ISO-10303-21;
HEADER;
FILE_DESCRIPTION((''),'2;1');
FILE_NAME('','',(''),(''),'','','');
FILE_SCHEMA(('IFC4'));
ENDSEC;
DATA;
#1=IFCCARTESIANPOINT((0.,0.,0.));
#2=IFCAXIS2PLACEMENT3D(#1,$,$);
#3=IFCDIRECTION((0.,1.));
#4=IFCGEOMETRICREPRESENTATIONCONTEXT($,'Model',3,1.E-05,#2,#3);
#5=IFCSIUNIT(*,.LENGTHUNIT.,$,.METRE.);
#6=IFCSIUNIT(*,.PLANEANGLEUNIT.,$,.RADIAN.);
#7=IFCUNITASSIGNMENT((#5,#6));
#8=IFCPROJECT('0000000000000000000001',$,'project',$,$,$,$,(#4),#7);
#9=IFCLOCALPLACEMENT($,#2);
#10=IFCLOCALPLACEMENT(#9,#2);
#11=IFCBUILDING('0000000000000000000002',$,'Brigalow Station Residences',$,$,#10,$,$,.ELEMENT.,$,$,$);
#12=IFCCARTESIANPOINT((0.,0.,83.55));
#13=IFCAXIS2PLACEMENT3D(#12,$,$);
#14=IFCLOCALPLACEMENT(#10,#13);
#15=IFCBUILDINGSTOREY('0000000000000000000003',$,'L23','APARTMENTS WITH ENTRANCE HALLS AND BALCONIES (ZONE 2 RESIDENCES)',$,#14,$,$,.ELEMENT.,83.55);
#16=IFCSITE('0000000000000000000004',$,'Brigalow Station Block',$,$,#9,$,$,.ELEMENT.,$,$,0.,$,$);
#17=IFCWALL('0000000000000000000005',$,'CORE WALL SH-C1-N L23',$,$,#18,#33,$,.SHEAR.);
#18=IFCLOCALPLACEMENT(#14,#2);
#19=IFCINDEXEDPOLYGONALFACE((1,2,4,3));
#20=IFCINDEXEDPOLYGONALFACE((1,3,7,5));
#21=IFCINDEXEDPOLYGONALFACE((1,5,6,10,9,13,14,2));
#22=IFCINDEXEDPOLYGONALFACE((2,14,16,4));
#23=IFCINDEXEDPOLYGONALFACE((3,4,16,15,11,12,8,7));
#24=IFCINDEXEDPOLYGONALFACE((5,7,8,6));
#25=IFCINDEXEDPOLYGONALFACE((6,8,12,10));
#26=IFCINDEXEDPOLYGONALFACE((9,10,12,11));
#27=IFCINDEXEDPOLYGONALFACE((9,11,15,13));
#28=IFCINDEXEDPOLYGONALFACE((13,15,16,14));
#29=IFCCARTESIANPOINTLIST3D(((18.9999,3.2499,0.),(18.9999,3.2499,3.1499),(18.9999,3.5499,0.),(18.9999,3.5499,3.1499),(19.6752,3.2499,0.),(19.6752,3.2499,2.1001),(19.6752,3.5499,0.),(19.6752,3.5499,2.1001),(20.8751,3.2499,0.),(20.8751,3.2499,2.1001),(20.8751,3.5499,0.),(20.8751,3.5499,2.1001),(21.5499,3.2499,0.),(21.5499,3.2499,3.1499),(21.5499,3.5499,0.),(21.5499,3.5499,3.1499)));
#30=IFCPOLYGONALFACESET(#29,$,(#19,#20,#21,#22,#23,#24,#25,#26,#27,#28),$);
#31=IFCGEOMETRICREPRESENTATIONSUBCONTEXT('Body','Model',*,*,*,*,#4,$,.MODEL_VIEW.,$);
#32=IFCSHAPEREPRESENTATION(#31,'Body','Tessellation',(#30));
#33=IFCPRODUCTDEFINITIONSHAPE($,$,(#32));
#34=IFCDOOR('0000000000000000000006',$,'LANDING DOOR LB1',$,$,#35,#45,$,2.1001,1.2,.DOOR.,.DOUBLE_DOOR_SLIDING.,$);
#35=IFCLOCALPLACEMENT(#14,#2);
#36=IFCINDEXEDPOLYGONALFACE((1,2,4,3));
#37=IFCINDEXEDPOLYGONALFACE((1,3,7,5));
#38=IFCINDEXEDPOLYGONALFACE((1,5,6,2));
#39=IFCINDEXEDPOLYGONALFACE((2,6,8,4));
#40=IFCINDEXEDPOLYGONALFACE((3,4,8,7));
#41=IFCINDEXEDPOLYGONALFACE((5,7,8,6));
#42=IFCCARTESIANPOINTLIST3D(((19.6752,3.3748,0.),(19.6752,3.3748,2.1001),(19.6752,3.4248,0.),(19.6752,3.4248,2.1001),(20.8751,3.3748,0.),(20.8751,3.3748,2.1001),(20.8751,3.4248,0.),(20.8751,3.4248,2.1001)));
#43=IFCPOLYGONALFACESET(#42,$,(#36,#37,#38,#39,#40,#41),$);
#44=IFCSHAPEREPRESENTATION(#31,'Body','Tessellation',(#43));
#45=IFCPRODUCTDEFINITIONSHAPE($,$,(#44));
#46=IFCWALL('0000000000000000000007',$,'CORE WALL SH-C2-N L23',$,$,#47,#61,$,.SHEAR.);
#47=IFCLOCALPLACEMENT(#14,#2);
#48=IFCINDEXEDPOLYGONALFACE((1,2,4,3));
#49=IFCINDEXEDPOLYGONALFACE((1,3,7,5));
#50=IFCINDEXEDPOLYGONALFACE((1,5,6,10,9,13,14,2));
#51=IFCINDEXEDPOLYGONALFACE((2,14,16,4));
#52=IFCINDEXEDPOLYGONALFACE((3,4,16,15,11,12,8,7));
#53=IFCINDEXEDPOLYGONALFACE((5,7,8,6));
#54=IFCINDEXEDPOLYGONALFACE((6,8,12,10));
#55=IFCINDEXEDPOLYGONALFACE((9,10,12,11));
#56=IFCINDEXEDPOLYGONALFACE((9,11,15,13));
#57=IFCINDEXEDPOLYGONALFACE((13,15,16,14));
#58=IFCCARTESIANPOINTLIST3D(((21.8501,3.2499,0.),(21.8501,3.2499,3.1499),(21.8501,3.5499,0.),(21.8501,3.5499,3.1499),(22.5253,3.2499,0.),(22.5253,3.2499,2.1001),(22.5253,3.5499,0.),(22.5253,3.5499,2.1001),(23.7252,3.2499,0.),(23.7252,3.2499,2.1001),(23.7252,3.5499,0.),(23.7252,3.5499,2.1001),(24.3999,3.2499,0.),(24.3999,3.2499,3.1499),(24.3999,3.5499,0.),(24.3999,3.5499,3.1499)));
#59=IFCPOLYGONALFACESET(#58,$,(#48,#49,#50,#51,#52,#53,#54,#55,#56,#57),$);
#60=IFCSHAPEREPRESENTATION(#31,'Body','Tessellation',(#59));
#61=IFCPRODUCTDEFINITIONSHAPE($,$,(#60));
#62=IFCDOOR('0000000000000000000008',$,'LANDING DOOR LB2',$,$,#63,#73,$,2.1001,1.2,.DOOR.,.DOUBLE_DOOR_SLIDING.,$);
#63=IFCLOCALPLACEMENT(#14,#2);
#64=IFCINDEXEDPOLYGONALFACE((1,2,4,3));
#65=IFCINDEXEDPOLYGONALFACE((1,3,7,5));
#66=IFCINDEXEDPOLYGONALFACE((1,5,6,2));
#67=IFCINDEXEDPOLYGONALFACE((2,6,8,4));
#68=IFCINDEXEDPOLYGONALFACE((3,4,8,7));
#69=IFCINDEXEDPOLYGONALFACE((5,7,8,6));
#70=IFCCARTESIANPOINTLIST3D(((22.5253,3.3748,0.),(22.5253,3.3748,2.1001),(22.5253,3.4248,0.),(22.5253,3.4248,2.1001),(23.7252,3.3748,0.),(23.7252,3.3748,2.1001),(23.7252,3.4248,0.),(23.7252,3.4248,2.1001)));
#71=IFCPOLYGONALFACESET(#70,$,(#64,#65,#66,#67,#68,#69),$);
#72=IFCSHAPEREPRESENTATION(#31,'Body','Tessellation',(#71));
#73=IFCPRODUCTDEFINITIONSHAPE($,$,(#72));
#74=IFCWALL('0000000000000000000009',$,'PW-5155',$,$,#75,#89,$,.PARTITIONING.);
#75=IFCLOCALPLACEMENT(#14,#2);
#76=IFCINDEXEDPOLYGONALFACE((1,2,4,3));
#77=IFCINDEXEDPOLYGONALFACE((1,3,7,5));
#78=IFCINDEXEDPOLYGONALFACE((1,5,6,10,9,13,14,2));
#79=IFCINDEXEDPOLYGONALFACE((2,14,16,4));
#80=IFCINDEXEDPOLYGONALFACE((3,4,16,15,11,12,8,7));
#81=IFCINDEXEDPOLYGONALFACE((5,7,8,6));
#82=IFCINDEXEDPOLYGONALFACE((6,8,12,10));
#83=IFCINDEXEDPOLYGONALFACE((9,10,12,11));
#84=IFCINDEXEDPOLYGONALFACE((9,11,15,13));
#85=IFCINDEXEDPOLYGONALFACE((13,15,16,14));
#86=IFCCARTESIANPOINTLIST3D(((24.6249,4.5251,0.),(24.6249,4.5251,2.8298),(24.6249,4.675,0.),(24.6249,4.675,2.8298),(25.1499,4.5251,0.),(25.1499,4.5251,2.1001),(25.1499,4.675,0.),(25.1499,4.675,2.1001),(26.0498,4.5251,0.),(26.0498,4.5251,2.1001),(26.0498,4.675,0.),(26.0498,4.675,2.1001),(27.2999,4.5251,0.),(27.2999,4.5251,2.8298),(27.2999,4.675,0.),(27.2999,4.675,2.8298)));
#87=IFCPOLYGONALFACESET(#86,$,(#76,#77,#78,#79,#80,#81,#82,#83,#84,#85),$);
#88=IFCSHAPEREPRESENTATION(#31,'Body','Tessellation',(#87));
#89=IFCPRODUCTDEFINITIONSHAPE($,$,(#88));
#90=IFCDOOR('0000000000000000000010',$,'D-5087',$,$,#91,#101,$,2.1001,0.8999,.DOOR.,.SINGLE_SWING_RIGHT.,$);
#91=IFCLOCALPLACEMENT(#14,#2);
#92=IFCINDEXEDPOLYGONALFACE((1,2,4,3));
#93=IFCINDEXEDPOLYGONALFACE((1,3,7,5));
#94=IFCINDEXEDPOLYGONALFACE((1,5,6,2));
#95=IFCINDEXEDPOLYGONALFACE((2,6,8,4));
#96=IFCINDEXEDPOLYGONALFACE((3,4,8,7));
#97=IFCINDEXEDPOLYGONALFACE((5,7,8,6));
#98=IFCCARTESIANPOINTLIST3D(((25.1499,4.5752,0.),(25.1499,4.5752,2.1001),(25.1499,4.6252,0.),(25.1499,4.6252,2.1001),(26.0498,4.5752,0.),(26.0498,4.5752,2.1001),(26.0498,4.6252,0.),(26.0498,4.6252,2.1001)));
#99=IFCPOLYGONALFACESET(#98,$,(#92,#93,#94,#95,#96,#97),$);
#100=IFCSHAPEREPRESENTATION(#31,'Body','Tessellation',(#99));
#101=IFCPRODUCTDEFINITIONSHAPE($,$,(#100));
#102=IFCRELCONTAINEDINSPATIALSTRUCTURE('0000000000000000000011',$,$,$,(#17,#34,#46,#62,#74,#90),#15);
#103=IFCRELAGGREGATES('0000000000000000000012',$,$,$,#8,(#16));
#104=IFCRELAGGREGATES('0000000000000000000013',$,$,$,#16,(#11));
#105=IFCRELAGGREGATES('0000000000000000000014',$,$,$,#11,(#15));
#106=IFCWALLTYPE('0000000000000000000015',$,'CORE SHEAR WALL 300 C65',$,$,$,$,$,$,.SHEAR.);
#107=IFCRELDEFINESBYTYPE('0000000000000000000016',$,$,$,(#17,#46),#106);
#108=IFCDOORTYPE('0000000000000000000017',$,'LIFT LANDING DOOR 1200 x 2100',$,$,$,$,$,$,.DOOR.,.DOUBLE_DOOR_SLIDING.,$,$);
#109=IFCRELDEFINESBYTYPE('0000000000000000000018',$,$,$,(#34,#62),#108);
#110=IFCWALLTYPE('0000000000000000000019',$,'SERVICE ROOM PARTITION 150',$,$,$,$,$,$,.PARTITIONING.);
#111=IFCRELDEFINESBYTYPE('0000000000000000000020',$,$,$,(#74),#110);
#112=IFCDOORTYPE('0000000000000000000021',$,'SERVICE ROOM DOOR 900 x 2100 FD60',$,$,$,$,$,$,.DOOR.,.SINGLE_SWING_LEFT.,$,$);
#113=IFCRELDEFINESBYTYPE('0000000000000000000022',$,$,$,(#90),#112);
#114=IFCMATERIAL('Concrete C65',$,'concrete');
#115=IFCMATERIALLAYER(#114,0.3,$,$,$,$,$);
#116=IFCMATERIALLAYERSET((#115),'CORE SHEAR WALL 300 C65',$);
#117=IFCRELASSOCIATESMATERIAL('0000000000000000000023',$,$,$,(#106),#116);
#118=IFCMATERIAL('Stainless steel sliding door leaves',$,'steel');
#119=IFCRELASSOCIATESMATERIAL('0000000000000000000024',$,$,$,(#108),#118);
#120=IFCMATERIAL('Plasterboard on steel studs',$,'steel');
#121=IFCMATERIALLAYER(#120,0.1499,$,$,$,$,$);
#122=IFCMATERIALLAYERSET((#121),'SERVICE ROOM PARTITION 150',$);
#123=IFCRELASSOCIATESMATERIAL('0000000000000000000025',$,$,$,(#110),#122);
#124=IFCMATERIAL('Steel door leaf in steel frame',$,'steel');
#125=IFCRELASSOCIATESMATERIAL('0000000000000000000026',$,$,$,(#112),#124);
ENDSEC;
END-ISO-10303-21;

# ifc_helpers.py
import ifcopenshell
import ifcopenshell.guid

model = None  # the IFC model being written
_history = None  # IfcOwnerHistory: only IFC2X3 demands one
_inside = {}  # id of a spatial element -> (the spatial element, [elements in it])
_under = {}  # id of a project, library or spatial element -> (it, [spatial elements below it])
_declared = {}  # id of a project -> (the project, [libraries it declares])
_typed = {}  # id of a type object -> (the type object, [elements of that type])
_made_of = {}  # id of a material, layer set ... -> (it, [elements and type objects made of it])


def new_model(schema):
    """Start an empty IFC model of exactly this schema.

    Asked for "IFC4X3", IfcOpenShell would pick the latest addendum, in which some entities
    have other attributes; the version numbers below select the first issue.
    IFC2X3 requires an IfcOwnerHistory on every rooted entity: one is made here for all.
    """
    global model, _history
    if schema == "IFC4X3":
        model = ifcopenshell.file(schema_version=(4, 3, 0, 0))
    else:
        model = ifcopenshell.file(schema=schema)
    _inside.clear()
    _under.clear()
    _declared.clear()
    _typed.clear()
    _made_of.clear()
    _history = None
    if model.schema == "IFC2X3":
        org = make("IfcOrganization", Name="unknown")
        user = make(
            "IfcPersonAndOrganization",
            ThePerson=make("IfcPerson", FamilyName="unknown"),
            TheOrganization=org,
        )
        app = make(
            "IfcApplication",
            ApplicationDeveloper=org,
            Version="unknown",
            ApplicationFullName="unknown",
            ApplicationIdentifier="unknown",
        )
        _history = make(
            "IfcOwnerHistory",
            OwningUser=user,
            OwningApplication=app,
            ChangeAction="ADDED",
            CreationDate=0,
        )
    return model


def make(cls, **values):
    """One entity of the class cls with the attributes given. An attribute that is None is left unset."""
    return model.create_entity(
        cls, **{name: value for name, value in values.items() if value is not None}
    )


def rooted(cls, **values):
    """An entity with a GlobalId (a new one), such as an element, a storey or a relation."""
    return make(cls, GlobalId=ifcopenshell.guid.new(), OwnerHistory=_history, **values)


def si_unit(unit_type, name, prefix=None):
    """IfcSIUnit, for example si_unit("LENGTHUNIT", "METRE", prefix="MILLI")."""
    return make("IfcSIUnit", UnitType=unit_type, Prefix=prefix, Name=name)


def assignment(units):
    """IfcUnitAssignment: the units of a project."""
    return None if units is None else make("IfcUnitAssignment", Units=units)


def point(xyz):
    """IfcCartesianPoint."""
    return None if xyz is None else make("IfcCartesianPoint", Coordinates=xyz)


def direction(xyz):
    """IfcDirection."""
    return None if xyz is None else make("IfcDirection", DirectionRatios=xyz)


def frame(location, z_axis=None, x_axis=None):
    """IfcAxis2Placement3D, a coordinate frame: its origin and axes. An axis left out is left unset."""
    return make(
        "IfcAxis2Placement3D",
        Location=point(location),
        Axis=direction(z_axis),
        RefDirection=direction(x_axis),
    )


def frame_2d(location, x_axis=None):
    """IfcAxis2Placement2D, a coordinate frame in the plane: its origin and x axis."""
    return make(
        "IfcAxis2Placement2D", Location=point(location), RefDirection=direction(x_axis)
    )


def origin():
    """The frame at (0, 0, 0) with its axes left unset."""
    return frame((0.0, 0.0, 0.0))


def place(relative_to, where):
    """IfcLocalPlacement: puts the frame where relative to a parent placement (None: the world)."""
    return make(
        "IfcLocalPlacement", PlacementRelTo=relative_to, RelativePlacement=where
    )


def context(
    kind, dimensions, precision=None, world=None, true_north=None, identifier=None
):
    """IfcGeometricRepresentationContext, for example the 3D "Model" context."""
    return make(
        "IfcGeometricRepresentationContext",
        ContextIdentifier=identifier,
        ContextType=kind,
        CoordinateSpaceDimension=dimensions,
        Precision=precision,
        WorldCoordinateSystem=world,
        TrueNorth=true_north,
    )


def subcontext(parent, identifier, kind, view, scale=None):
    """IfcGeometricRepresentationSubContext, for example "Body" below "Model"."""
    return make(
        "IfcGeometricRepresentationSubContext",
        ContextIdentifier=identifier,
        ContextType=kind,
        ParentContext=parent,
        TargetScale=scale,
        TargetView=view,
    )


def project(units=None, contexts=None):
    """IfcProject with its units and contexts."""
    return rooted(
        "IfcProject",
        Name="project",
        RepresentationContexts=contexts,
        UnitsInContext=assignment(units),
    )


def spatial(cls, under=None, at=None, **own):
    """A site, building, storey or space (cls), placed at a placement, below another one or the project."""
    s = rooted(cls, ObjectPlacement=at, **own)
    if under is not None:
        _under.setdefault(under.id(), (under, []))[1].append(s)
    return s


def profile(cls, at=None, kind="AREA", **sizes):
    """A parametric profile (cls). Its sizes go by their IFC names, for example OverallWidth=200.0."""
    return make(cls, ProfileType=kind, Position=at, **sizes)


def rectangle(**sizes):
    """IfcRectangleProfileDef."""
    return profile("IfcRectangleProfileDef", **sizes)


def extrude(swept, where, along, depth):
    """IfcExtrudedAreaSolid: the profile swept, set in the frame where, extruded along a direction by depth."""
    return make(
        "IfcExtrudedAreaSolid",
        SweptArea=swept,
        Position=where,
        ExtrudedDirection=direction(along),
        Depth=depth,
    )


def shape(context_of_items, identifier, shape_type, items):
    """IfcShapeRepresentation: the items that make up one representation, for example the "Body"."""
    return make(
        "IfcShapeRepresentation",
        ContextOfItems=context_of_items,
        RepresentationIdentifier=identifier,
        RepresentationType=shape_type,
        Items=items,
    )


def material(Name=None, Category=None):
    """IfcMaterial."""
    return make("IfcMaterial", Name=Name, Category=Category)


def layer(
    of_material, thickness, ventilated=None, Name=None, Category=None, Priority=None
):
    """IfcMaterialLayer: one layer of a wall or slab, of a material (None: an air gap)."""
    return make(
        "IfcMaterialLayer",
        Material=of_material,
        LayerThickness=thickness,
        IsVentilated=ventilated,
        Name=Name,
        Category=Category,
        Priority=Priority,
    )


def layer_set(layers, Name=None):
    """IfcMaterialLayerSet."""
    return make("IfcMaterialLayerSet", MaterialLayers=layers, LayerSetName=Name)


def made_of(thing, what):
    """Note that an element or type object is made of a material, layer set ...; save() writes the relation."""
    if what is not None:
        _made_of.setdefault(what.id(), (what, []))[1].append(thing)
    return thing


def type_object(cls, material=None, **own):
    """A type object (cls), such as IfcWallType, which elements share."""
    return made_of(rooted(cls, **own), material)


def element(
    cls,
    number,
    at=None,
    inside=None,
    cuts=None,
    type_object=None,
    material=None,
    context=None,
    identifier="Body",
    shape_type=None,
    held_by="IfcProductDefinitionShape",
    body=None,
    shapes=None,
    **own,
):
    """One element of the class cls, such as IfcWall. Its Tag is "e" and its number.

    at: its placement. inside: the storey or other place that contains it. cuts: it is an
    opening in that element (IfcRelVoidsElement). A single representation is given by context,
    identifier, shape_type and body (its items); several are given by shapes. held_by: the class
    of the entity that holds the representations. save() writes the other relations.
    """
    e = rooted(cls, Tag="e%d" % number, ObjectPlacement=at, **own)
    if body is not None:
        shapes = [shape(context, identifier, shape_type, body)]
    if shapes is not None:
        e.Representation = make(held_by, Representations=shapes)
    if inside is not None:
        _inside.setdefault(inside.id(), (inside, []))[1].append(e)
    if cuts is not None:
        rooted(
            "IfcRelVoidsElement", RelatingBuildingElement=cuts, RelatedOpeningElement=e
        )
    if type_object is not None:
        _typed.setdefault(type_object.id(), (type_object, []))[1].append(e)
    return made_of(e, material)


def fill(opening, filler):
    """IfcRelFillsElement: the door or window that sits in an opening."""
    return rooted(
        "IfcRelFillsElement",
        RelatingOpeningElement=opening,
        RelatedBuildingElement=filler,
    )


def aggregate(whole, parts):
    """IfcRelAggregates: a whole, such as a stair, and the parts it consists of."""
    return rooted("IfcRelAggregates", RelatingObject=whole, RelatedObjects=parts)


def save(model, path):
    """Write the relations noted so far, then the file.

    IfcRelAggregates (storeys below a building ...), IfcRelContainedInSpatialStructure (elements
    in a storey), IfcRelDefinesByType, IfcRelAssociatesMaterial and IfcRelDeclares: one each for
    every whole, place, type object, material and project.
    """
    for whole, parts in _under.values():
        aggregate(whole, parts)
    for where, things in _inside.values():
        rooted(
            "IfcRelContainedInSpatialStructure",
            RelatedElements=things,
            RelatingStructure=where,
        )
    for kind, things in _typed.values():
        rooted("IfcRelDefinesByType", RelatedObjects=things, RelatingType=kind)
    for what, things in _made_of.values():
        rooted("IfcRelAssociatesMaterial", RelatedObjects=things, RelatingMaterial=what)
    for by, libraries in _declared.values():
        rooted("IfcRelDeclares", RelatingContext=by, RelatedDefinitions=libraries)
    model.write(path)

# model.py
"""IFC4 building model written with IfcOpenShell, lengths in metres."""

from ifc_helpers import new_model, si_unit, direction, frame, frame_2d, origin, place, context, subcontext, project, spatial, rectangle, extrude, material, layer, layer_set, type_object, element, fill, save


model = new_model("IFC4")

# Units and contexts
model_context = context("Model", 3, precision=1e-05, world=origin(), true_north=direction((0.0, 1.0)))
body_context = subcontext(model_context, "Body", "Model", "MODEL_VIEW")
ifc_project = project(units=[si_unit("LENGTHUNIT", "METRE"), si_unit("PLANEANGLEUNIT", "RADIAN")], contexts=[model_context])

# Site, building, storey
site_placement = place(None, origin())
site = spatial("IfcSite", under=ifc_project, at=site_placement, Name="Brigalow Station Block", CompositionType="ELEMENT", RefElevation=0.0)
building_placement = place(site_placement, origin())
building = spatial("IfcBuilding", under=site, at=building_placement, Name="Brigalow Station Residences", CompositionType="ELEMENT")
storey_placement = place(building_placement, frame((0.0, 0.0, 83.55)))
storey = spatial("IfcBuildingStorey", under=building, at=storey_placement, Name="L23", Description="APARTMENTS WITH ENTRANCE HALLS AND BALCONIES (ZONE 2 RESIDENCES)", CompositionType="ELEMENT", Elevation=83.55)

# Walls, openings, doors
ifc_material_1 = material(Name="Concrete C65", Category="concrete")
ifc_layer_1 = layer(ifc_material_1, 0.3)
ifc_layer_set_1 = layer_set([ifc_layer_1], Name="CORE SHEAR WALL 300 C65")
wall_type_1 = type_object("IfcWallType", Name="CORE SHEAR WALL 300 C65", PredefinedType="SHEAR", material=ifc_layer_set_1)
wall_1_placement = place(storey_placement, frame((19.0, 3.3999, 0.0), z_axis=(0.0, 0.0, 1.0), x_axis=(1.0, 0.0, 0.0)))
wall_1 = element("IfcWall", 1, at=wall_1_placement, inside=storey, type_object=wall_type_1, Name="CORE WALL SH-C1-N L23", PredefinedType="SHEAR", context=body_context, shape_type="SweptSolid", body=[
    extrude(rectangle(XDim=2.55, YDim=0.3, at=frame_2d((1.2749, 0.0))), origin(), (0.0, 0.0, 1.0), 3.1499),
])
opening_1_placement = place(wall_1_placement, frame((0.675, 0.0, 0.0)))
opening_1 = element("IfcOpeningElement", 2, at=opening_1_placement, cuts=wall_1, PredefinedType="OPENING", context=body_context, shape_type="SweptSolid", body=[
    extrude(rectangle(XDim=1.2, YDim=2.1001, at=frame_2d((0.6001, 1.05))), frame((0.0, 0.1602, 0.0), z_axis=(0.0, -1.0, 0.0), x_axis=(1.0, 0.0, 0.0)), (0.0, 0.0, 1.0), 0.3201),
])
ifc_material_2 = material(Name="Stainless steel sliding door leaves", Category="steel")
door_type_1 = type_object("IfcDoorType", Name="LIFT LANDING DOOR 1200 x 2100", OperationType="DOUBLE_DOOR_SLIDING", PredefinedType="DOOR", material=ifc_material_2)
door_1_placement = place(opening_1_placement, origin())
door_1 = element("IfcDoor", 3, at=door_1_placement, inside=storey, type_object=door_type_1, Name="LANDING DOOR LB1", OperationType="DOUBLE_DOOR_SLIDING", OverallHeight=2.1001, OverallWidth=1.2, PredefinedType="DOOR", context=body_context, shape_type="SweptSolid", body=[
    extrude(rectangle(XDim=1.2, YDim=2.1001, at=frame_2d((0.6001, 1.05))), frame((0.0, 0.0249, 0.0), z_axis=(0.0, -1.0, 0.0), x_axis=(1.0, 0.0, 0.0)), (0.0, 0.0, 1.0), 0.05),
])
fill(opening_1, door_1)
wall_2_placement = place(storey_placement, frame((21.8501, 3.3999, 0.0), z_axis=(0.0, 0.0, 1.0), x_axis=(1.0, 0.0, 0.0)))
wall_2 = element("IfcWall", 4, at=wall_2_placement, inside=storey, type_object=wall_type_1, Name="CORE WALL SH-C2-N L23", PredefinedType="SHEAR", context=body_context, shape_type="SweptSolid", body=[
    extrude(rectangle(XDim=2.5498, YDim=0.3, at=frame_2d((1.2749, 0.0))), origin(), (0.0, 0.0, 1.0), 3.1499),
])
opening_2_placement = place(wall_2_placement, frame((0.675, 0.0, 0.0)))
opening_2 = element("IfcOpeningElement", 5, at=opening_2_placement, cuts=wall_2, PredefinedType="OPENING", context=body_context, shape_type="SweptSolid", body=[
    extrude(rectangle(XDim=1.2, YDim=2.1001, at=frame_2d((0.6001, 1.05))), frame((0.0, 0.1602, 0.0), z_axis=(0.0, -1.0, 0.0), x_axis=(1.0, 0.0, 0.0)), (0.0, 0.0, 1.0), 0.3201),
])
door_2_placement = place(opening_2_placement, origin())
door_2 = element("IfcDoor", 6, at=door_2_placement, inside=storey, type_object=door_type_1, Name="LANDING DOOR LB2", OperationType="DOUBLE_DOOR_SLIDING", OverallHeight=2.1001, OverallWidth=1.2, PredefinedType="DOOR", context=body_context, shape_type="SweptSolid", body=[
    extrude(rectangle(XDim=1.2, YDim=2.1001, at=frame_2d((0.6001, 1.05))), frame((0.0, 0.0249, 0.0), z_axis=(0.0, -1.0, 0.0), x_axis=(1.0, 0.0, 0.0)), (0.0, 0.0, 1.0), 0.05),
])
fill(opening_2, door_2)
ifc_material_3 = material(Name="Plasterboard on steel studs", Category="steel")
ifc_layer_2 = layer(ifc_material_3, 0.1499)
ifc_layer_set_2 = layer_set([ifc_layer_2], Name="SERVICE ROOM PARTITION 150")
wall_type_2 = type_object("IfcWallType", Name="SERVICE ROOM PARTITION 150", PredefinedType="PARTITIONING", material=ifc_layer_set_2)
wall_3_placement = place(storey_placement, frame((24.625, 4.6001, 0.0), z_axis=(0.0, 0.0, 1.0), x_axis=(1.0, 0.0, 0.0)))
wall_3 = element("IfcWall", 7, at=wall_3_placement, inside=storey, type_object=wall_type_2, Name="PW-5155", PredefinedType="PARTITIONING", context=body_context, shape_type="SweptSolid", body=[
    extrude(rectangle(XDim=2.675, YDim=0.1499, at=frame_2d((1.3374, 0.0))), origin(), (0.0, 0.0, 1.0), 2.8298),
])
opening_3_placement = place(wall_3_placement, frame((0.5249, 0.0, 0.0)))
opening_3 = element("IfcOpeningElement", 8, at=opening_3_placement, cuts=wall_3, PredefinedType="OPENING", context=body_context, shape_type="SweptSolid", body=[
    extrude(rectangle(XDim=0.8999, YDim=2.1001, at=frame_2d((0.45, 1.05))), frame((0.0, 0.085, 0.0), z_axis=(0.0, -1.0, 0.0), x_axis=(1.0, 0.0, 0.0)), (0.0, 0.0, 1.0), 0.1699),
])
ifc_material_4 = material(Name="Steel door leaf in steel frame", Category="steel")
door_type_2 = type_object("IfcDoorType", Name="SERVICE ROOM DOOR 900 x 2100 FD60", OperationType="SINGLE_SWING_LEFT", PredefinedType="DOOR", material=ifc_material_4)
door_3_placement = place(opening_3_placement, frame((0.8999, 0.0, 0.0), z_axis=(0.0, 0.0, 1.0), x_axis=(-1.0, 0.0, 0.0)))
door_3 = element("IfcDoor", 9, at=door_3_placement, inside=storey, type_object=door_type_2, Name="D-5087", OperationType="SINGLE_SWING_RIGHT", OverallHeight=2.1001, OverallWidth=0.8999, PredefinedType="DOOR", context=body_context, shape_type="SweptSolid", body=[
    extrude(rectangle(XDim=0.8999, YDim=2.1001, at=frame_2d((0.45, 1.05))), frame((0.0, 0.0249, 0.0), z_axis=(0.0, -1.0, 0.0), x_axis=(1.0, 0.0, 0.0)), (0.0, 0.0, 1.0), 0.05),
])
fill(opening_3, door_3)

save(model, "model.ifc")
